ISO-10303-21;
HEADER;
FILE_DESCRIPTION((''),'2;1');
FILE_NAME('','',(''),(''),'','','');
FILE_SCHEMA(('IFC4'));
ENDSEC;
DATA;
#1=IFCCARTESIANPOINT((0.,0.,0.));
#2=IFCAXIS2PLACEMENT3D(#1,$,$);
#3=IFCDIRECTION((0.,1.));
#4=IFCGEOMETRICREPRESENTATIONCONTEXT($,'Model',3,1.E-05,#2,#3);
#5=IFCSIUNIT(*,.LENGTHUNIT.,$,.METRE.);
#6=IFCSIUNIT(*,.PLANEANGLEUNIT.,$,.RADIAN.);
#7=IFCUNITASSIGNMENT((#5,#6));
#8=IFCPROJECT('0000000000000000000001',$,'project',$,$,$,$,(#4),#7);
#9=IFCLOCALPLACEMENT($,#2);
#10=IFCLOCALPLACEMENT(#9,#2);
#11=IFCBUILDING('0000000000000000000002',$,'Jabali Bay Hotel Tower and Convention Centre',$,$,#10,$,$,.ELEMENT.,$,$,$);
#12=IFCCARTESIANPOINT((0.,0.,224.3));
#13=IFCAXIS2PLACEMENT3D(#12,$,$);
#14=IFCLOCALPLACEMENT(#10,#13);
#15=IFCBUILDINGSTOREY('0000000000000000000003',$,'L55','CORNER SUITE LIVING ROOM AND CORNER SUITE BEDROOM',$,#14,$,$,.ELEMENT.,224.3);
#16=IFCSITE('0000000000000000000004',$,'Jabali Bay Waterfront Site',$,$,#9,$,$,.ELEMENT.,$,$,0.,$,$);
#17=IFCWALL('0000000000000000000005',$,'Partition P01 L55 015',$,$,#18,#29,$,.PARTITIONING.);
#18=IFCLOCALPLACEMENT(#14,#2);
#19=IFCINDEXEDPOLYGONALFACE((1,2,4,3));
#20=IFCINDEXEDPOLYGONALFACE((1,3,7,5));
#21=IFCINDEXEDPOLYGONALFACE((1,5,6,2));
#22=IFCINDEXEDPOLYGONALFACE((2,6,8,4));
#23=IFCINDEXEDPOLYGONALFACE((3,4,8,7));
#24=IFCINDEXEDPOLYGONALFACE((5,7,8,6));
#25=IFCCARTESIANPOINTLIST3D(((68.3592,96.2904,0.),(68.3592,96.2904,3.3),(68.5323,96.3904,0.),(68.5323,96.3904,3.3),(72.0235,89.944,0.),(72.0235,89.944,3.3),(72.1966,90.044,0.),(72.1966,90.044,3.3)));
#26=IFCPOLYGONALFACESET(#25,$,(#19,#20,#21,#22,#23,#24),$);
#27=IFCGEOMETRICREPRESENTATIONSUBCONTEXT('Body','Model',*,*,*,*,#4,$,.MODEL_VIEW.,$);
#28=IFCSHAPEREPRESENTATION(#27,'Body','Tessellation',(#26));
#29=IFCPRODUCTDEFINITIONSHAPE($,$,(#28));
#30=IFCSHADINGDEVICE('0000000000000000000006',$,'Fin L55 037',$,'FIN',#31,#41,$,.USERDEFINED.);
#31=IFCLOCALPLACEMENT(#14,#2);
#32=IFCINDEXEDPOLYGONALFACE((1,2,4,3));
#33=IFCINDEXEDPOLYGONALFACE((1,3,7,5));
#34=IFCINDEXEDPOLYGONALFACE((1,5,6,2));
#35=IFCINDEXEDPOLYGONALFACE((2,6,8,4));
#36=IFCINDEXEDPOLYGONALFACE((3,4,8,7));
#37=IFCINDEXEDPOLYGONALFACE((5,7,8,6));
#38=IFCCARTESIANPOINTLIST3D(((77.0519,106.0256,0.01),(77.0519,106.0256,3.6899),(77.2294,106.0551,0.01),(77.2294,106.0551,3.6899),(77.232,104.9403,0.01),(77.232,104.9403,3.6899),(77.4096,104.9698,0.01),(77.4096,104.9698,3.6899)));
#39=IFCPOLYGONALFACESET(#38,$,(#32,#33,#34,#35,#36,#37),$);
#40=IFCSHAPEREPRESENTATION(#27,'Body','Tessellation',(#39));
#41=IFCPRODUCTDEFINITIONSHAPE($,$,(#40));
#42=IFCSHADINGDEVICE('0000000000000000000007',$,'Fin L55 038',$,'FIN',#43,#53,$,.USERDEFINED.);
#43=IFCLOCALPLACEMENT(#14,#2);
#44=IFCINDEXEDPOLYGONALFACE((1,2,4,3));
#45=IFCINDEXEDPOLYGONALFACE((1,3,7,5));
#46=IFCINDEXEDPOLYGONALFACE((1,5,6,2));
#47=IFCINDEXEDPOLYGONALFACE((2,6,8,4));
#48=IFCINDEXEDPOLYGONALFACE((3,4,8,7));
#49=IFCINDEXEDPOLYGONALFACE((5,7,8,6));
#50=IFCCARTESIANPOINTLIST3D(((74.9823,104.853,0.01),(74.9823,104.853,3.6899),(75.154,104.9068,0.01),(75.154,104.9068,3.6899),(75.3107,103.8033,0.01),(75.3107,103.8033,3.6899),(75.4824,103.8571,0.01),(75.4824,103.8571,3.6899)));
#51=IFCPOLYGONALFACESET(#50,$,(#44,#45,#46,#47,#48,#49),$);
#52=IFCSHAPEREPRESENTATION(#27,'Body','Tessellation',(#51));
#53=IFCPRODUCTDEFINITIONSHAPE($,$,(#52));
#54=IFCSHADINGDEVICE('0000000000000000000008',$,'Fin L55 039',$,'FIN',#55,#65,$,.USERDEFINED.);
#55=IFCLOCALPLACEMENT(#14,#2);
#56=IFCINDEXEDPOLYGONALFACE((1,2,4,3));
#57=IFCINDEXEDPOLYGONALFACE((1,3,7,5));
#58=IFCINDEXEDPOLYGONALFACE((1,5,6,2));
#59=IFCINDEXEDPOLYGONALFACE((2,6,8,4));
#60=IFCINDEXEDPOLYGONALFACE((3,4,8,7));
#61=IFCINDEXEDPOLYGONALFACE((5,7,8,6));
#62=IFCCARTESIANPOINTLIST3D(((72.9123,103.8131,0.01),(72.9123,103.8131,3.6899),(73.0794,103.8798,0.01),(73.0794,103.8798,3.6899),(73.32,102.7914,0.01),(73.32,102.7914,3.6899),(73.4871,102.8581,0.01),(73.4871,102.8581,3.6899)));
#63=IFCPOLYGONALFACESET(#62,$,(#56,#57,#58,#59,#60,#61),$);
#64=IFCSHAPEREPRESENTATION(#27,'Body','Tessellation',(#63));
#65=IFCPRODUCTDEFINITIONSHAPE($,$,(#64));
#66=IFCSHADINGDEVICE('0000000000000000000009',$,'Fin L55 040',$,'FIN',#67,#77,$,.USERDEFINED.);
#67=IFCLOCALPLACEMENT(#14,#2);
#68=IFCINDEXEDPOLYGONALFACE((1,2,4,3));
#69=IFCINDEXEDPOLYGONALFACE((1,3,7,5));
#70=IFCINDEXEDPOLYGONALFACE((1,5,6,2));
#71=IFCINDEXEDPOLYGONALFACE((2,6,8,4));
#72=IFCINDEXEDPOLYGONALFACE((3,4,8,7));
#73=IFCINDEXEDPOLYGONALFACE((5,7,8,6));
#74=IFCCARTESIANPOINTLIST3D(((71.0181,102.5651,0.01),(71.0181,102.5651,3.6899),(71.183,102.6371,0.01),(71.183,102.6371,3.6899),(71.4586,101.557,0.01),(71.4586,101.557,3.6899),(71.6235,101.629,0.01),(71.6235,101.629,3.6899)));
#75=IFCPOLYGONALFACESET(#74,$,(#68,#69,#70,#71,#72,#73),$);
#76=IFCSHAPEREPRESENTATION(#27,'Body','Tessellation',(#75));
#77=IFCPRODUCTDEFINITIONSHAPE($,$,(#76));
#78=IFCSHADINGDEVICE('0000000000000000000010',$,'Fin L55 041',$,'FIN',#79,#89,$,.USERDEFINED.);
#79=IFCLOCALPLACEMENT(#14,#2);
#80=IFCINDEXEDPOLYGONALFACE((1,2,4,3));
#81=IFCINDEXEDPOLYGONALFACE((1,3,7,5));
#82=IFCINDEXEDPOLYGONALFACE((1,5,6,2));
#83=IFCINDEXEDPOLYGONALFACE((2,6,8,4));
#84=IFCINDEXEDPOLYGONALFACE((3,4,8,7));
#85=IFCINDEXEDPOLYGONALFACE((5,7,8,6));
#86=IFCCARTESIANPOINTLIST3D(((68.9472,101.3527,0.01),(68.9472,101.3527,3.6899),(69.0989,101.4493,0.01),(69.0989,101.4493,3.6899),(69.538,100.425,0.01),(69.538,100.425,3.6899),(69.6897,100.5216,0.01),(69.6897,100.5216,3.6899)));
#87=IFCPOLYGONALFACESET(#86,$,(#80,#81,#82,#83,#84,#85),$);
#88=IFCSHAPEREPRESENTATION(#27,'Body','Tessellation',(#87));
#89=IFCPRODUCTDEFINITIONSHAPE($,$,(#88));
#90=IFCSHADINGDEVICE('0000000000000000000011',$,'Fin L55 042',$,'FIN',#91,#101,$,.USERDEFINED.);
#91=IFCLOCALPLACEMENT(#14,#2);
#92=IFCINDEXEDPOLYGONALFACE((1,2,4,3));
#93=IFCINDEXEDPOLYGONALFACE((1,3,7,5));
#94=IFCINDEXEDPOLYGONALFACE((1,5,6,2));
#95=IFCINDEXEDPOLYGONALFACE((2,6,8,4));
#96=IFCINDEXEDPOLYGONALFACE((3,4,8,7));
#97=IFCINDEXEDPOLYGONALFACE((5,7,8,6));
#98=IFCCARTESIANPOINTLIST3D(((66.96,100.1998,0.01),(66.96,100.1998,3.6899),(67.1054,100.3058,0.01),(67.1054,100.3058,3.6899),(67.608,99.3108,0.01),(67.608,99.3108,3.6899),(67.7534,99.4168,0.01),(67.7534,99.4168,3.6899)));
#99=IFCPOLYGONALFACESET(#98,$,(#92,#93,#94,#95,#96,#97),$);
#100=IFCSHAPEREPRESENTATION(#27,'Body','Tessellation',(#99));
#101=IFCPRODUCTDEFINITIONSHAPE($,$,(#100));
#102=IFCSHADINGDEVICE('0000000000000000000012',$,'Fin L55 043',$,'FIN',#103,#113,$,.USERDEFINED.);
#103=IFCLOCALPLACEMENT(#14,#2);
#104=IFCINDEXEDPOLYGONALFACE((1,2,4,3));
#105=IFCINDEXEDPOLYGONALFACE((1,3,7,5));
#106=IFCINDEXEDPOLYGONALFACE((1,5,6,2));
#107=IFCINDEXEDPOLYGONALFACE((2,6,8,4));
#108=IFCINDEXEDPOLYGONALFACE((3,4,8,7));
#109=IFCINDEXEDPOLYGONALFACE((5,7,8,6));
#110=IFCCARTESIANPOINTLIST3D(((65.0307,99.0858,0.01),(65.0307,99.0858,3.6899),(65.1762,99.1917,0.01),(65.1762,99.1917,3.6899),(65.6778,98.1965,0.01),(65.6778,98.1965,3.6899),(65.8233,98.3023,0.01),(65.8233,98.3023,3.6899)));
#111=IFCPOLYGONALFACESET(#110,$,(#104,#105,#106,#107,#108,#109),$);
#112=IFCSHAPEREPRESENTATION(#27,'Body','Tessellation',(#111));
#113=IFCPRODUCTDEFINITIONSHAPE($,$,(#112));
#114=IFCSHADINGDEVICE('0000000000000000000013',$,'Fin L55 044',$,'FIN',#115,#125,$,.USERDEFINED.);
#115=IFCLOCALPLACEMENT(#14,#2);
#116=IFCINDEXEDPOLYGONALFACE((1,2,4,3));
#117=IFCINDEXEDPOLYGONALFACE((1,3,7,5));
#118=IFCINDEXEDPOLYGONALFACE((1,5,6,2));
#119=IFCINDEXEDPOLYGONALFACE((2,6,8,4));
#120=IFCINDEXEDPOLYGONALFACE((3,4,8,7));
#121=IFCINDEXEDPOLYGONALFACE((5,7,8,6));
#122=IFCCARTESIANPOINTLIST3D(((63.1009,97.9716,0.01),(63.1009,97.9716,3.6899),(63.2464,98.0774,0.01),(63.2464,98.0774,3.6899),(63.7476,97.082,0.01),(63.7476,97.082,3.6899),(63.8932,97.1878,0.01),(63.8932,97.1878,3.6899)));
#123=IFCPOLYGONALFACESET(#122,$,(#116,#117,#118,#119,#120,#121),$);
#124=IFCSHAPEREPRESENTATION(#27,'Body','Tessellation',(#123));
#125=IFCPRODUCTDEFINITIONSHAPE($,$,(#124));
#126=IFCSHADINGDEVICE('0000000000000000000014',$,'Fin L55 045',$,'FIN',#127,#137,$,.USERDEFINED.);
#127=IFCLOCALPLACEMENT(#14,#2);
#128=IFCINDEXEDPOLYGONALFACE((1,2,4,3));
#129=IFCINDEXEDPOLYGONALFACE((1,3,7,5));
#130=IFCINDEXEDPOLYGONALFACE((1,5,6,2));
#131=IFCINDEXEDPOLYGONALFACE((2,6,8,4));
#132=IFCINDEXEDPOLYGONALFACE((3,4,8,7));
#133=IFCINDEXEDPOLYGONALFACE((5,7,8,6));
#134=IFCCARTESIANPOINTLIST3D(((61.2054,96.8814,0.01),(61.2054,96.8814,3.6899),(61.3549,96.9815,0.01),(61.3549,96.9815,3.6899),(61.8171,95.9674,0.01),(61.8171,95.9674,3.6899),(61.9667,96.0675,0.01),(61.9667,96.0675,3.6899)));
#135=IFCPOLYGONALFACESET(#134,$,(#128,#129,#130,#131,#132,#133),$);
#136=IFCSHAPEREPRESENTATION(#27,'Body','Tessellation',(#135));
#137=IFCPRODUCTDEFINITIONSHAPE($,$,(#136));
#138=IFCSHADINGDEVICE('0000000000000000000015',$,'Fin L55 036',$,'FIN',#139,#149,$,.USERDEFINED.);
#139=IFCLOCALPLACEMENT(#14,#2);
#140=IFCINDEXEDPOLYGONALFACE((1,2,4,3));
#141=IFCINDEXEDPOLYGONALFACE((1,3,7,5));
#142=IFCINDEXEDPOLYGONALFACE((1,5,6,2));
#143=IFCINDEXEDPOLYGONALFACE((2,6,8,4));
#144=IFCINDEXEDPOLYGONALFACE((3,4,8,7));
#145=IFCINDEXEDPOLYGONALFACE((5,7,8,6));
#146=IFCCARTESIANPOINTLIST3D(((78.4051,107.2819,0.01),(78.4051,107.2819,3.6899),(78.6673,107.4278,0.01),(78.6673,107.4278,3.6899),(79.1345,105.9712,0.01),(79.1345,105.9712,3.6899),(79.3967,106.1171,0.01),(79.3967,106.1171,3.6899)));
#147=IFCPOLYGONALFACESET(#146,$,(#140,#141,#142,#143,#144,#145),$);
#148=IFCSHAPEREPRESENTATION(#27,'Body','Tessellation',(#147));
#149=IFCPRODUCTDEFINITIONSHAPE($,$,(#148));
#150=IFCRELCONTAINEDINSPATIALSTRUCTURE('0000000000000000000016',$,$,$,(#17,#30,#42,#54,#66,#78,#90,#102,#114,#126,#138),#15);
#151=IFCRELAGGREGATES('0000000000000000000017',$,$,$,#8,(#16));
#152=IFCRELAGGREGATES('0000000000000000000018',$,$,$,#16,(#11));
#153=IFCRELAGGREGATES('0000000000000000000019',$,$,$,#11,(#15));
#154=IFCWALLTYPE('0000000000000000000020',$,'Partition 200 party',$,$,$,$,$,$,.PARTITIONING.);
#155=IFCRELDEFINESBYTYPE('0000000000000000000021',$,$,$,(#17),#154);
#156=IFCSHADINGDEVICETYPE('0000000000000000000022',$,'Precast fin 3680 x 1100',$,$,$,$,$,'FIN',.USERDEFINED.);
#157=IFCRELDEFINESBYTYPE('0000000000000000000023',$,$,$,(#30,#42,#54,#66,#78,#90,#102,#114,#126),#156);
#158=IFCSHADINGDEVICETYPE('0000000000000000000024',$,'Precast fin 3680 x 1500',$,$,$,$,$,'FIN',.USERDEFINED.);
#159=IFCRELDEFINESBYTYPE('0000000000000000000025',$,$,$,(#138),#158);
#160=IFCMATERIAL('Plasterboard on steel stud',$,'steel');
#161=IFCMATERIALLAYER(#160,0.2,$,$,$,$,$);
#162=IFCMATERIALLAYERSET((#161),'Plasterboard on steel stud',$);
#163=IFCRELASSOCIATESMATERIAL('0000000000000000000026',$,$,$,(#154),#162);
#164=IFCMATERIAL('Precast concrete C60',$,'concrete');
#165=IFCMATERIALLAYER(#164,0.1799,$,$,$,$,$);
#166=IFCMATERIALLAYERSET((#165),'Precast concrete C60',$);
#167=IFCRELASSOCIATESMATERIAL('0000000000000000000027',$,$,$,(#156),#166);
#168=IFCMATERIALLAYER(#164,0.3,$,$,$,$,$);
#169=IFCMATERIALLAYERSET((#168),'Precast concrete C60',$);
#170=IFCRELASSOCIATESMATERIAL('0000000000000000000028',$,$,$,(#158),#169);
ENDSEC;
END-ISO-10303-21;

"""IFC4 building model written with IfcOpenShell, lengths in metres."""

from ifc_helpers import new_model, si_unit, direction, frame, frame_2d, origin, place, context, subcontext, project, spatial, rectangle, extrude, material, layer, layer_set, type_object, element, save


model = new_model("IFC4")

# Units and contexts
model_context = context("Model", 3, precision=1e-05, world=origin(), true_north=direction((0.0, 1.0)))
body_context = subcontext(model_context, "Body", "Model", "MODEL_VIEW")
ifc_project = project(units=[si_unit("LENGTHUNIT", "METRE"), si_unit("PLANEANGLEUNIT", "RADIAN")], contexts=[model_context])

# Site, building, storey
site_placement = place(None, origin())
site = spatial("IfcSite", under=ifc_project, at=site_placement, Name="Jabali Bay Waterfront Site", CompositionType="ELEMENT", RefElevation=0.0)
building_placement = place(site_placement, origin())
building = spatial("IfcBuilding", under=site, at=building_placement, Name="Jabali Bay Hotel Tower and Convention Centre", CompositionType="ELEMENT")
storey_placement = place(building_placement, frame((0.0, 0.0, 224.3)))
storey = spatial("IfcBuildingStorey", under=building, at=storey_placement, Name="L55", Description="CORNER SUITE LIVING ROOM AND CORNER SUITE BEDROOM", CompositionType="ELEMENT", Elevation=224.3)

# Shared definitions
ifc_material_1 = material(Name="Plasterboard on steel stud", Category="steel")

# Wall
ifc_layer_1 = layer(ifc_material_1, 0.2)
ifc_layer_set_1 = layer_set([ifc_layer_1], Name="Plasterboard on steel stud")
wall_type_1 = type_object("IfcWallType", Name="Partition 200 party", PredefinedType="PARTITIONING", material=ifc_layer_set_1)
wall_1_placement = place(storey_placement, frame((68.4458, 96.3403, 0.0), z_axis=(0.0, 0.0, 1.0), x_axis=(0.500019, -0.866014, 0.0)))
element("IfcWall", 1, at=wall_1_placement, inside=storey, type_object=wall_type_1, Name="Partition P01 L55 015", PredefinedType="PARTITIONING", context=body_context, shape_type="SweptSolid", body=[
    extrude(rectangle(XDim=7.3284, YDim=0.2, at=frame_2d((3.6641, 0.0))), origin(), (0.0, 0.0, 1.0), 3.3),
])

# Shading devices
ifc_material_2 = material(Name="Precast concrete C60", Category="concrete")
ifc_layer_2 = layer(ifc_material_2, 0.1799)
ifc_layer_set_2 = layer_set([ifc_layer_2], Name="Precast concrete C60")
shading_device_type_1 = type_object("IfcShadingDeviceType", Name="Precast fin 3680 x 1100", ElementType="FIN", PredefinedType="USERDEFINED", material=ifc_layer_set_2)
shading_device_1_placement = place(storey_placement, frame((77.3208, 104.9551, 0.01), z_axis=(0.0, 0.0, 1.0), x_axis=(-0.163787, 0.986496, 0.0)))
element("IfcShadingDevice", 2, at=shading_device_1_placement, inside=storey, type_object=shading_device_type_1, Name="Fin L55 037", ObjectType="FIN", PredefinedType="USERDEFINED", context=body_context, shape_type="SweptSolid", body=[
    extrude(rectangle(XDim=1.1001, YDim=0.1799, at=frame_2d((0.55, 0.0))), origin(), (0.0, 0.0, 1.0), 3.6799),
])
shading_device_2_placement = place(storey_placement, frame((75.3965, 103.8303, 0.01), z_axis=(0.0, 0.0, 1.0), x_axis=(-0.298528, 0.954401, 0.0)))
element("IfcShadingDevice", 3, at=shading_device_2_placement, inside=storey, type_object=shading_device_type_1, Name="Fin L55 038", ObjectType="FIN", PredefinedType="USERDEFINED", context=body_context, shape_type="SweptSolid", body=[
    extrude(rectangle(XDim=1.0999, YDim=0.1799, at=frame_2d((0.5498, 0.0))), origin(), (0.0, 0.0, 1.0), 3.6799),
])
for number, where, z_axis, x_axis, name in (
    (4, (73.4036, 102.8247, 0.01), (0.0, 0.0, 1.0), (-0.370625, 0.928782, 0.0), "Fin L55 039"),
    (5, (71.541, 101.593, 0.01), (0.0, 0.0, 1.0), (-0.400365, 0.916356, 0.0), "Fin L55 040"),
):
    element("IfcShadingDevice", number, at=place(storey_placement, frame(where, z_axis=z_axis, x_axis=x_axis)), inside=storey, type_object=shading_device_type_1, Name=name, ObjectType="FIN", PredefinedType="USERDEFINED", context=body_context, shape_type="SweptSolid", body=[
        extrude(rectangle(XDim=1.1001, YDim=0.1799, at=frame_2d((0.55, 0.0))), origin(), (0.0, 0.0, 1.0), 3.6799),
    ])
shading_device_3_placement = place(storey_placement, frame((69.6138, 100.4734, 0.01), z_axis=(0.0, 0.0, 1.0), x_axis=(-0.537163, 0.843479, 0.0)))
element("IfcShadingDevice", 6, at=shading_device_3_placement, inside=storey, type_object=shading_device_type_1, Name="Fin L55 041", ObjectType="FIN", PredefinedType="USERDEFINED", context=body_context, shape_type="SweptSolid", body=[
    extrude(rectangle(XDim=1.0999, YDim=0.1799, at=frame_2d((0.5498, 0.0))), origin(), (0.0, 0.0, 1.0), 3.6799),
])
shading_device_4_placement = place(storey_placement, frame((67.6807, 99.3638, 0.01), z_axis=(0.0, 0.0, 1.0), x_axis=(-0.589042, 0.808102, 0.0)))
element("IfcShadingDevice", 7, at=shading_device_4_placement, inside=storey, type_object=shading_device_type_1, Name="Fin L55 042", ObjectType="FIN", PredefinedType="USERDEFINED", context=body_context, shape_type="SweptSolid", body=[
    extrude(rectangle(XDim=1.1001, YDim=0.1799, at=frame_2d((0.55, 0.0))), origin(), (0.0, 0.0, 1.0), 3.6799),
])
for number, where, z_axis, x_axis, name in (
    (8, (65.7505, 98.2495, 0.01), (0.0, 0.0, 1.0), (-0.588396, 0.808573, 0.0), "Fin L55 043"),
    (9, (63.8203, 97.135, 0.01), (0.0, 0.0, 1.0), (-0.588, 0.808861, 0.0), "Fin L55 044"),
    (10, (61.8918, 96.0176, 0.01), (0.0, 0.0, 1.0), (-0.556236, 0.831024, 0.0), "Fin L55 045"),
):
    element("IfcShadingDevice", number, at=place(storey_placement, frame(where, z_axis=z_axis, x_axis=x_axis)), inside=storey, type_object=shading_device_type_1, Name=name, ObjectType="FIN", PredefinedType="USERDEFINED", context=body_context, shape_type="SweptSolid", body=[
        extrude(rectangle(XDim=1.0999, YDim=0.1799, at=frame_2d((0.5498, 0.0))), origin(), (0.0, 0.0, 1.0), 3.6799),
    ])
ifc_layer_3 = layer(ifc_material_2, 0.3)
ifc_layer_set_3 = layer_set([ifc_layer_3], Name="Precast concrete C60")
shading_device_type_2 = type_object("IfcShadingDeviceType", Name="Precast fin 3680 x 1500", ElementType="FIN", PredefinedType="USERDEFINED", material=ifc_layer_set_3)
shading_device_5_placement = place(storey_placement, frame((79.2656, 106.0442, 0.01), z_axis=(0.0, 0.0, 1.0), x_axis=(-0.486292, 0.873796, 0.0)))
element("IfcShadingDevice", 11, at=shading_device_5_placement, inside=storey, type_object=shading_device_type_2, Name="Fin L55 036", ObjectType="FIN", PredefinedType="USERDEFINED", context=body_context, shape_type="SweptSolid", body=[
    extrude(rectangle(XDim=1.5, YDim=0.3, at=frame_2d((0.75, 0.0))), origin(), (0.0, 0.0, 1.0), 3.6799),
])

save(model, "model.ifc")
